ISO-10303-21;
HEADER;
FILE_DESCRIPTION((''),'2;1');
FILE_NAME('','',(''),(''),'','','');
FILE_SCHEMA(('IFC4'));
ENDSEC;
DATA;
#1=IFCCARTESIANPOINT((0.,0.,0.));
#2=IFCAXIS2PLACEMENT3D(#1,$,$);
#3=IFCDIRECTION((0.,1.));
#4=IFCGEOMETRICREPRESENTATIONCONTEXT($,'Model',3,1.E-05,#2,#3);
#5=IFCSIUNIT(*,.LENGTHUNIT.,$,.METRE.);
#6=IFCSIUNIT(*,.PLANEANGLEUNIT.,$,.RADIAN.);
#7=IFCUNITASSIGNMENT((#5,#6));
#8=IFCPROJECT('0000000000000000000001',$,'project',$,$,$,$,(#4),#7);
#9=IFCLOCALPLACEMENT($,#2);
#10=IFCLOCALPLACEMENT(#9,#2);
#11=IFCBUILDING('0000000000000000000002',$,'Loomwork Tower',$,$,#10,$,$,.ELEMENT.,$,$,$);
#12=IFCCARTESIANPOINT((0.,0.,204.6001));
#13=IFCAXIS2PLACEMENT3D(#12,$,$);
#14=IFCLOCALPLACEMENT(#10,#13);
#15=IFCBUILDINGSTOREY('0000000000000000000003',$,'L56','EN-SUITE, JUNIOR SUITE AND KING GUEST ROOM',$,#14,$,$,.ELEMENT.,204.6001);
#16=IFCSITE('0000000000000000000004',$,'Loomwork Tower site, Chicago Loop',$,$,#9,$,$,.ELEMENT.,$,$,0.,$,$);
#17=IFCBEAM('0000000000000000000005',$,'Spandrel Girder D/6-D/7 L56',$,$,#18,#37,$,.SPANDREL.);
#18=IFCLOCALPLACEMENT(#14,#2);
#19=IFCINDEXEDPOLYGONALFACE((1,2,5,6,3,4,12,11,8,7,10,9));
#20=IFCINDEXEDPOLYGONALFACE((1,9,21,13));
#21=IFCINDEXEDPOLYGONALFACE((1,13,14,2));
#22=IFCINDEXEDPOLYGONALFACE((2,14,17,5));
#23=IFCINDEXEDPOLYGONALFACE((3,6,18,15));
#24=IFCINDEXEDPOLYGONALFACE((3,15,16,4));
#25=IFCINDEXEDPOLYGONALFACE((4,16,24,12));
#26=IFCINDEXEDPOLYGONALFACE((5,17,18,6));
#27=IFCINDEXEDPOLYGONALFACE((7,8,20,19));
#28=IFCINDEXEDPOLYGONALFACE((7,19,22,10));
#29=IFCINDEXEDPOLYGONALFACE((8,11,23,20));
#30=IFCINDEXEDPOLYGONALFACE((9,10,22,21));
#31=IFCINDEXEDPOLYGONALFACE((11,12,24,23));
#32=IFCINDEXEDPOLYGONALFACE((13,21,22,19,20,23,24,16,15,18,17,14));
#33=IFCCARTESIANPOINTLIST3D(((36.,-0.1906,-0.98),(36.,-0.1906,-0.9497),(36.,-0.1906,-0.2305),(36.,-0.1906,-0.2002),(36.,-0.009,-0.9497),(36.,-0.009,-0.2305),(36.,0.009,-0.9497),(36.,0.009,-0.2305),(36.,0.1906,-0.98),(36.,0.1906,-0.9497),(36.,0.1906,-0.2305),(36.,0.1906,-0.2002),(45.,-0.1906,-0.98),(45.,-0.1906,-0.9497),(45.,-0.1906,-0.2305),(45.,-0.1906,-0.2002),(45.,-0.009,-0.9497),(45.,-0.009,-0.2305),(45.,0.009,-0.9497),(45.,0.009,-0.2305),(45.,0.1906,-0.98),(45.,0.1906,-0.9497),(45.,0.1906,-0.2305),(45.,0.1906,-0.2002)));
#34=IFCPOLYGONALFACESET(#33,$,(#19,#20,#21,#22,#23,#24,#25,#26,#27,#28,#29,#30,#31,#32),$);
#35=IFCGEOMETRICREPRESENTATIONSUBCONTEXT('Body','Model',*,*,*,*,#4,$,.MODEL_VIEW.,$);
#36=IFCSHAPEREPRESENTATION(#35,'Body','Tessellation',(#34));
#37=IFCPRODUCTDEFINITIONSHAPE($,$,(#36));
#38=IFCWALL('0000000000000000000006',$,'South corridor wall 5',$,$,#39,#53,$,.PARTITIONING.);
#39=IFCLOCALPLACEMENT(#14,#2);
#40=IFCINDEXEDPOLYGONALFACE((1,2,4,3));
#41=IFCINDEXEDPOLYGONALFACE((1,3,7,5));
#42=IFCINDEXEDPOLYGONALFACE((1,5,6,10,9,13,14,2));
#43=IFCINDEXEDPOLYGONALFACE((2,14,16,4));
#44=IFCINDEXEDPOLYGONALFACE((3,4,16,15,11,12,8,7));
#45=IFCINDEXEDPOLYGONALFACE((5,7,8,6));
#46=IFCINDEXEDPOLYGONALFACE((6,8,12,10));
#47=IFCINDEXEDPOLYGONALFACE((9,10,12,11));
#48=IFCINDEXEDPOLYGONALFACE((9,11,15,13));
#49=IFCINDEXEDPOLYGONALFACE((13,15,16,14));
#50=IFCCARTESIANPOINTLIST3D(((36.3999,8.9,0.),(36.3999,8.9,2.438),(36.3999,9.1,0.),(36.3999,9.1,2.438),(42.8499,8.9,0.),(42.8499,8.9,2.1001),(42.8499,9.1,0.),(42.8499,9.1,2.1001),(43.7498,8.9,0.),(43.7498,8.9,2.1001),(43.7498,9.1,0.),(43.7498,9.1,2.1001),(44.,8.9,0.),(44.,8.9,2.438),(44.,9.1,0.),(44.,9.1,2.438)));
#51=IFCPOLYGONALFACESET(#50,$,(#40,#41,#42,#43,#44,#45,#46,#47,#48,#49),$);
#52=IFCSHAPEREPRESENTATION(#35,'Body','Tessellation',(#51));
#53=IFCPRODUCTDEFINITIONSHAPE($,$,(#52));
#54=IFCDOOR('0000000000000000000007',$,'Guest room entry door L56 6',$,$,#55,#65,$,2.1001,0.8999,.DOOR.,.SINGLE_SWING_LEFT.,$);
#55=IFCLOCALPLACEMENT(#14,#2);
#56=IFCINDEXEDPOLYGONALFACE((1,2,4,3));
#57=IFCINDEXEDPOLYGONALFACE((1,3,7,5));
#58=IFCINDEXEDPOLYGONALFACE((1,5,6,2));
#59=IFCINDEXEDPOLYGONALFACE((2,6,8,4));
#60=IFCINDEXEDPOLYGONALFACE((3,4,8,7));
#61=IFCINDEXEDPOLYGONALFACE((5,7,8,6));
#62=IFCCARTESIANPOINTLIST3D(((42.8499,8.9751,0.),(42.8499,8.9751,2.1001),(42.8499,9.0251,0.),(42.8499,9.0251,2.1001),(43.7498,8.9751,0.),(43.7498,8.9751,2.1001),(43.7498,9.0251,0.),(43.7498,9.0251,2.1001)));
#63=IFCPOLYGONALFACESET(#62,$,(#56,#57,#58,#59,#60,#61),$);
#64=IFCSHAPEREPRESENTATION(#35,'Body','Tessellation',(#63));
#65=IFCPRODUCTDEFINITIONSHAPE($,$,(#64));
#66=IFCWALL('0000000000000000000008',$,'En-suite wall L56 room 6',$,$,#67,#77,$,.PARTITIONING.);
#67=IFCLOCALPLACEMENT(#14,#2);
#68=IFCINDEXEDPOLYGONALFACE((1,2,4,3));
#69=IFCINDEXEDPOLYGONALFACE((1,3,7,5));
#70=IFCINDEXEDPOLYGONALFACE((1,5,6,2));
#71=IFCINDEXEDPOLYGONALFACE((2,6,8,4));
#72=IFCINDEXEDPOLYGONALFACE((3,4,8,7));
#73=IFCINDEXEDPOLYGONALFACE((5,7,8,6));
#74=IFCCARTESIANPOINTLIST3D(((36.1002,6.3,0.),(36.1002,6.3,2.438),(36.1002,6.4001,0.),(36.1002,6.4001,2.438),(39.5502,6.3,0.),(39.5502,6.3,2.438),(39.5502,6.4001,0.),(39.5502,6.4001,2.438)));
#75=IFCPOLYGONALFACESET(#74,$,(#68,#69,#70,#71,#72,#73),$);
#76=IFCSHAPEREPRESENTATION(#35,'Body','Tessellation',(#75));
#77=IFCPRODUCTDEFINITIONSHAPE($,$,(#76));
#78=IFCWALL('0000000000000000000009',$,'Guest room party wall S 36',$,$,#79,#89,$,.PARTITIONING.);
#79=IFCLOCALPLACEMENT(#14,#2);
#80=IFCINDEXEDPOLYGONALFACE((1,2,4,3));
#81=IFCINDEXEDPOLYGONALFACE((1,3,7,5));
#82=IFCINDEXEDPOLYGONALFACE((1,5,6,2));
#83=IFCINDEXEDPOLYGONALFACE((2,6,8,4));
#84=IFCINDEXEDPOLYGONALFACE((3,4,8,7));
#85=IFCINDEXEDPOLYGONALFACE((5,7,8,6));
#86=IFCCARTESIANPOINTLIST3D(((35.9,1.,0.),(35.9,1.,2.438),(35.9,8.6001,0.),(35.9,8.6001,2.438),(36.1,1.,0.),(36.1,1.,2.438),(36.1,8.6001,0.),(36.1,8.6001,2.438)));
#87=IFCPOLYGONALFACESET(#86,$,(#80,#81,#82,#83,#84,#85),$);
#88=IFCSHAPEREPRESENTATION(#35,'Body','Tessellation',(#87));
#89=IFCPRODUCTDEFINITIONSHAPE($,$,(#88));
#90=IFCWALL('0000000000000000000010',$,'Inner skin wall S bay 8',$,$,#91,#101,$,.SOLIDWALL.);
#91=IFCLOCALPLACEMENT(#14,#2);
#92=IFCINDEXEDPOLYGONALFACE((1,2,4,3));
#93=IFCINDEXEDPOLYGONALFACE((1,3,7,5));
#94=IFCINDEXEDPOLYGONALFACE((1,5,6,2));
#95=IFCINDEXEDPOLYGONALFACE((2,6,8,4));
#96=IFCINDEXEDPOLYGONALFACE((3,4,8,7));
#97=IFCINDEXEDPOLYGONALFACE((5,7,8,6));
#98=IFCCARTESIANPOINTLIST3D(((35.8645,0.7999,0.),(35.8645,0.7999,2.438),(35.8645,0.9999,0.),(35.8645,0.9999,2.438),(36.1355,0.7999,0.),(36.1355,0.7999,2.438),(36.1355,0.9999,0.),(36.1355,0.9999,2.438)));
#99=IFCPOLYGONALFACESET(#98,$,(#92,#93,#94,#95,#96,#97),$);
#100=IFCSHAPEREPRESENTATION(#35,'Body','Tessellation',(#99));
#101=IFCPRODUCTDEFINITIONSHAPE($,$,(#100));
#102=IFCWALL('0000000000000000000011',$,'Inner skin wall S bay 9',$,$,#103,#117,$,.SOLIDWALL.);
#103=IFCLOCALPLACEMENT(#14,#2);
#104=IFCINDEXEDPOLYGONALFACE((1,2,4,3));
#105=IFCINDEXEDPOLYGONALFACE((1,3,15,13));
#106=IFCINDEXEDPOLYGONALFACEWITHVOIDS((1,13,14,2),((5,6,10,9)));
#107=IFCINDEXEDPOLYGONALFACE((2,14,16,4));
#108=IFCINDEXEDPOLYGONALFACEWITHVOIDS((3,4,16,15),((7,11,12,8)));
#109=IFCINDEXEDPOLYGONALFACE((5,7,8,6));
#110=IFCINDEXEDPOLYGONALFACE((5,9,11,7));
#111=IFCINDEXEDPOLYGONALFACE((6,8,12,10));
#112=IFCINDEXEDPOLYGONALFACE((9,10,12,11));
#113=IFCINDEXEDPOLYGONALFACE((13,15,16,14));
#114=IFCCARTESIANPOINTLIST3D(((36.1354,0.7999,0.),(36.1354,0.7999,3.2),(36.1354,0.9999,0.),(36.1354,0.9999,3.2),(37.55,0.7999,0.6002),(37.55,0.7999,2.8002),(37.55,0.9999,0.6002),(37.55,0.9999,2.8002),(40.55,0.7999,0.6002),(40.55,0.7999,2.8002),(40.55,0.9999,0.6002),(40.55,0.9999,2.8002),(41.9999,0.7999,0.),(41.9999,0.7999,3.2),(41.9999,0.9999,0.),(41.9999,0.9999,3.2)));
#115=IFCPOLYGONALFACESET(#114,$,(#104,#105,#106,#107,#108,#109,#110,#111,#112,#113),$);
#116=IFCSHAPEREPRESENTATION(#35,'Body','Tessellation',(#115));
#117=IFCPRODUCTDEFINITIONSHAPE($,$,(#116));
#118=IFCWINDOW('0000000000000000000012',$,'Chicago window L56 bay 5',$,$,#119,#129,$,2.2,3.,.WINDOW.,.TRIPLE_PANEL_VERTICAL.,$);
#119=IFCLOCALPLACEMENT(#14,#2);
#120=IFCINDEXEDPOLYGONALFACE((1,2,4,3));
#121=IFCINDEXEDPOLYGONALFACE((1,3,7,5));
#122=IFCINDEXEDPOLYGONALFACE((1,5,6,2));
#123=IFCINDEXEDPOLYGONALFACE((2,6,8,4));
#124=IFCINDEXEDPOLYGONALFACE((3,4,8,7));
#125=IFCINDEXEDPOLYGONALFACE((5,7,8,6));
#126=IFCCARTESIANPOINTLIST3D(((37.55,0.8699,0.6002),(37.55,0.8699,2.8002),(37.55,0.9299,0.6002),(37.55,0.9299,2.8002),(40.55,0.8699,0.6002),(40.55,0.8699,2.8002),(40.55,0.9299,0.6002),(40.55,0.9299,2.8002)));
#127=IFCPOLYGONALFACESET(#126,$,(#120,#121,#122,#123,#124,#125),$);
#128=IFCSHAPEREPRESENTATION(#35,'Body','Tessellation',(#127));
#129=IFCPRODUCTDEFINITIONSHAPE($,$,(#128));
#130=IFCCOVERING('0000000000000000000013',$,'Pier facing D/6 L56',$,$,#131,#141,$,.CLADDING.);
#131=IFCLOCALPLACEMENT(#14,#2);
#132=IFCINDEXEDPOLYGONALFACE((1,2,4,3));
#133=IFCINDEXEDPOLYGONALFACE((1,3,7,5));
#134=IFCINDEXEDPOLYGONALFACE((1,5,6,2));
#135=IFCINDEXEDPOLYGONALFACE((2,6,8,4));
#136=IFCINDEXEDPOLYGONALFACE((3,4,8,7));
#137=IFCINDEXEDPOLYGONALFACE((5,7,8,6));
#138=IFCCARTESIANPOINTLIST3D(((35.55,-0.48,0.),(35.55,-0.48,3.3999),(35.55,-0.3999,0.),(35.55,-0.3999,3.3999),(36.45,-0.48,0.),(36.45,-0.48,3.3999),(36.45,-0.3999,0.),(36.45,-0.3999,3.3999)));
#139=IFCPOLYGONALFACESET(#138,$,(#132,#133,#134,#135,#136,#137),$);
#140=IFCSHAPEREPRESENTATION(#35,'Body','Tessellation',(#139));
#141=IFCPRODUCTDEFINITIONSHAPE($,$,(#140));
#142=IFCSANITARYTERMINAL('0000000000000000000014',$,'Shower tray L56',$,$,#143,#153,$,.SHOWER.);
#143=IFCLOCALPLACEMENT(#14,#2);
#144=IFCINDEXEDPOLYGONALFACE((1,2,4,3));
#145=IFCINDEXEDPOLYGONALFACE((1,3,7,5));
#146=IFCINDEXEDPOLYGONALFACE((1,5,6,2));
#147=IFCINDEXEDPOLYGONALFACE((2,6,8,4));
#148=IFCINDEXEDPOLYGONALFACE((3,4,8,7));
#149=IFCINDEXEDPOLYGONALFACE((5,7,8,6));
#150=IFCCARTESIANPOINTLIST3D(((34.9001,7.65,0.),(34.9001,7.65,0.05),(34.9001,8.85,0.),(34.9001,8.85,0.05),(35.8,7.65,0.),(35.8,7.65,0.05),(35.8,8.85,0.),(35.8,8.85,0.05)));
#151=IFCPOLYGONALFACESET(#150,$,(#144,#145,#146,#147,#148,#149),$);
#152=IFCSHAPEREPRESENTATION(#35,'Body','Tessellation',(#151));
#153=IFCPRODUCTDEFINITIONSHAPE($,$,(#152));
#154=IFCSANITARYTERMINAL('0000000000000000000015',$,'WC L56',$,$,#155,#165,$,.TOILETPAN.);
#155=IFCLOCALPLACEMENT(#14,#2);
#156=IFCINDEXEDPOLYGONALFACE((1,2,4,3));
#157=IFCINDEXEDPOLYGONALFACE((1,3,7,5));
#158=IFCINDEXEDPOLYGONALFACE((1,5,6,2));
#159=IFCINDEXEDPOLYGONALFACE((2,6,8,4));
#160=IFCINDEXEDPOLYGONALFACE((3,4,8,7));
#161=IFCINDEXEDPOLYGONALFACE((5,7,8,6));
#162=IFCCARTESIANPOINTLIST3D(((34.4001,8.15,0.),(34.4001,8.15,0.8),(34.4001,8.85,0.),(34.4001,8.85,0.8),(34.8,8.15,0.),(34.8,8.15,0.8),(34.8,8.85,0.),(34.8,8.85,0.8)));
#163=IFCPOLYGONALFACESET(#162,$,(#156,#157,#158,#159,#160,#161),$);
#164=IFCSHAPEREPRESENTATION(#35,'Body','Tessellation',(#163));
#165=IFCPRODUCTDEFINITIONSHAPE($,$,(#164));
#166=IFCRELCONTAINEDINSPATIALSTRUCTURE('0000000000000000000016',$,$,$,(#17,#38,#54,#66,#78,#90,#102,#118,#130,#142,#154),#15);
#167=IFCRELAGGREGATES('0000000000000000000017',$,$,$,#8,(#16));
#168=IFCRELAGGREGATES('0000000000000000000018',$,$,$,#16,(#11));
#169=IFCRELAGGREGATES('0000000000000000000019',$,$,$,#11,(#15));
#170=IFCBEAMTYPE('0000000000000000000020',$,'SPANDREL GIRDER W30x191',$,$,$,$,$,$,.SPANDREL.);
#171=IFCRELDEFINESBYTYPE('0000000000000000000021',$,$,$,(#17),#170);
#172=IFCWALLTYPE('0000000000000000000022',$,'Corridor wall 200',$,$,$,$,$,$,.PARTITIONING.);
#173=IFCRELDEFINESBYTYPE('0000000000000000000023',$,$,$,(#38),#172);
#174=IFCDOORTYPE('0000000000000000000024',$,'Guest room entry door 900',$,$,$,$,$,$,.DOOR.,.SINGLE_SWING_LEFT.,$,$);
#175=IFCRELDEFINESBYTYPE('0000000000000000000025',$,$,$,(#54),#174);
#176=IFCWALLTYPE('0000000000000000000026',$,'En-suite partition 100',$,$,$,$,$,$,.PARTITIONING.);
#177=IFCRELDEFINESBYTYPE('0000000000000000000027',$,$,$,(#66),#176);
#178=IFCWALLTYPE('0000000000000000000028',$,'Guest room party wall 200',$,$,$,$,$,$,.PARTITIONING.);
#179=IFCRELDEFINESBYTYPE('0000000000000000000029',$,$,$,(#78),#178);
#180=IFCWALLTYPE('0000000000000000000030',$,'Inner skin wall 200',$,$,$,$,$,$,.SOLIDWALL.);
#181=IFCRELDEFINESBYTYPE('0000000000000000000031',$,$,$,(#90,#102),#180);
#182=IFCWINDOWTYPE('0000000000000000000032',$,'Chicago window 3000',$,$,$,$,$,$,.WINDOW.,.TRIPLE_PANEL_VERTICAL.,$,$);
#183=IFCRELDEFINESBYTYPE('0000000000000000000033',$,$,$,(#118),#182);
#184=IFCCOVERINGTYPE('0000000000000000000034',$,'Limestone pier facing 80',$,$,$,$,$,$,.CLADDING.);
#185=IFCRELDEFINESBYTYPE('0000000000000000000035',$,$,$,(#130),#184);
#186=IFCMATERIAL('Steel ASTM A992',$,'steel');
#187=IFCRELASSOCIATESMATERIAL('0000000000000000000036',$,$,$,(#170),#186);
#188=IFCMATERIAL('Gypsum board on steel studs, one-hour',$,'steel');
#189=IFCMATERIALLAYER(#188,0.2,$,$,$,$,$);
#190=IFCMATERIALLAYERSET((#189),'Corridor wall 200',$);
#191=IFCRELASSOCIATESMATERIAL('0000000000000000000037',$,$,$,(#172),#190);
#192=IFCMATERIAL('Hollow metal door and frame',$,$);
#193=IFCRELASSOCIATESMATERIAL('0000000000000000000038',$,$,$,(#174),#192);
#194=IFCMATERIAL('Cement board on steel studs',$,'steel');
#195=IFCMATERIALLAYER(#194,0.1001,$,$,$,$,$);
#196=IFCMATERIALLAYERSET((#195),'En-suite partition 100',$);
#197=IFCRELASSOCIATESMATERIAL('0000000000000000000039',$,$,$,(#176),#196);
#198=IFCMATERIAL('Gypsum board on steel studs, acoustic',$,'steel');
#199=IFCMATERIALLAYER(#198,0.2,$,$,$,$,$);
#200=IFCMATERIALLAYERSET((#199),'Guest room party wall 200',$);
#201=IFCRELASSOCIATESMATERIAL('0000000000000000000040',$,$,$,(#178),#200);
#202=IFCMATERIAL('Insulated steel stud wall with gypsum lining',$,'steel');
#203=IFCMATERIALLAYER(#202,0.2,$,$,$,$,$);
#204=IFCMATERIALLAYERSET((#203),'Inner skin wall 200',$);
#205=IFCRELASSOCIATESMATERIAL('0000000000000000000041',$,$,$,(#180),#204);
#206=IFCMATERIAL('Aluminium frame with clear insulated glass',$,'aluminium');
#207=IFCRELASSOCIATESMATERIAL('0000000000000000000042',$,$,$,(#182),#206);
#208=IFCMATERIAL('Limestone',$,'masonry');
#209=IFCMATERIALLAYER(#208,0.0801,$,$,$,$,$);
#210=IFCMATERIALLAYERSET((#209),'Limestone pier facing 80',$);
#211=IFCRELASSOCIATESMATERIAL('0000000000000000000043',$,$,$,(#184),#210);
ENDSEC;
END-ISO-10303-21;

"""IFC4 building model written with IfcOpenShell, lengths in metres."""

from ifc_helpers import new_model, si_unit, direction, frame, frame_2d, origin, origin_2d, place, context, subcontext, project, spatial, rectangle, i_section, extrude, material, layer, layer_set, material_profile, profile_set, type_object, element, fill, save


model = new_model("IFC4")

# Units and contexts
model_context = context("Model", 3, precision=1e-05, world=origin(), true_north=direction((0.0, 1.0)))
body_context = subcontext(model_context, "Body", "Model", "MODEL_VIEW")
ifc_project = project(units=[si_unit("LENGTHUNIT", "METRE"), si_unit("PLANEANGLEUNIT", "RADIAN")], contexts=[model_context])

# Site, building, storey
site_placement = place(None, origin())
site = spatial("IfcSite", under=ifc_project, at=site_placement, Name="Loomwork Tower site, Chicago Loop", CompositionType="ELEMENT", RefElevation=0.0)
building_placement = place(site_placement, origin())
building = spatial("IfcBuilding", under=site, at=building_placement, Name="Loomwork Tower", CompositionType="ELEMENT")
storey_placement = place(building_placement, frame((0.0, 0.0, 204.6001)))
storey = spatial("IfcBuildingStorey", under=building, at=storey_placement, Name="L56", Description="EN-SUITE, JUNIOR SUITE AND KING GUEST ROOM", CompositionType="ELEMENT", Elevation=204.6001)

# Beam
ifc_material_1 = material(Name="Steel ASTM A992", Category="steel")
ifc_material_profile_1 = material_profile(ifc_material_1, i_section(OverallWidth=0.3811, OverallDepth=0.7798, WebThickness=0.0181, FlangeThickness=0.0303, at=origin_2d()), Name="W30x191")
ifc_profile_set_1 = profile_set([ifc_material_profile_1], Name="Steel ASTM A992")
beam_type_1 = type_object("IfcBeamType", Name="SPANDREL GIRDER W30x191", PredefinedType="SPANDREL", material=ifc_profile_set_1)
beam_1_placement = place(storey_placement, frame((36.0, 0.0, -0.5901), z_axis=(1.0, 0.0, 0.0), x_axis=(0.0, 1.0, 0.0)))
element("IfcBeam", 1, at=beam_1_placement, inside=storey, type_object=beam_type_1, Name="Spandrel Girder D/6-D/7 L56", PredefinedType="SPANDREL", context=body_context, shape_type="SweptSolid", body=[
    extrude(i_section(OverallWidth=0.3811, OverallDepth=0.7798, WebThickness=0.0181, FlangeThickness=0.0303, at=origin_2d()), origin(), (0.0, 0.0, 1.0), 9.0),
])

# Wall, opening, door
ifc_material_2 = material(Name="Gypsum board on steel studs, one-hour", Category="steel")
ifc_layer_1 = layer(ifc_material_2, 0.2)
ifc_layer_set_1 = layer_set([ifc_layer_1], Name="Corridor wall 200")
wall_type_1 = type_object("IfcWallType", Name="Corridor wall 200", PredefinedType="PARTITIONING", material=ifc_layer_set_1)
wall_1_placement = place(storey_placement, frame((36.3999, 9.0, 0.0), z_axis=(0.0, 0.0, 1.0), x_axis=(1.0, 0.0, 0.0)))
wall_1 = element("IfcWall", 2, at=wall_1_placement, inside=storey, type_object=wall_type_1, Name="South corridor wall 5", PredefinedType="PARTITIONING", context=body_context, shape_type="SweptSolid", body=[
    extrude(rectangle(XDim=7.6001, YDim=0.2, at=frame_2d((3.8, 0.0))), origin(), (0.0, 0.0, 1.0), 2.438),
])
opening_1_placement = place(wall_1_placement, frame((6.45, 0.0, 0.0)))
opening_1 = element("IfcOpeningElement", 3, at=opening_1_placement, cuts=wall_1, PredefinedType="OPENING", context=body_context, shape_type="SweptSolid", body=[
    extrude(rectangle(XDim=0.8999, YDim=2.1001, at=frame_2d((0.45, 1.05))), frame((0.0, 0.1099, 0.0), z_axis=(0.0, -1.0, 0.0), x_axis=(1.0, 0.0, 0.0)), (0.0, 0.0, 1.0), 0.22),
])
ifc_material_3 = material(Name="Hollow metal door and frame")
door_type = type_object("IfcDoorType", Name="Guest room entry door 900", OperationType="SINGLE_SWING_LEFT", PredefinedType="DOOR", material=ifc_material_3)
door_placement = place(opening_1_placement, frame((0.8999, 0.0, 0.0), z_axis=(0.0, 0.0, 1.0), x_axis=(-1.0, 0.0, 0.0)))
door = element("IfcDoor", 4, at=door_placement, inside=storey, type_object=door_type, Name="Guest room entry door L56 6", OperationType="SINGLE_SWING_LEFT", OverallHeight=2.1001, OverallWidth=0.8999, PredefinedType="DOOR", context=body_context, shape_type="SweptSolid", body=[
    extrude(rectangle(XDim=0.8999, YDim=2.1001, at=frame_2d((0.45, 1.05))), frame((0.0, 0.0249, 0.0), z_axis=(0.0, -1.0, 0.0), x_axis=(1.0, 0.0, 0.0)), (0.0, 0.0, 1.0), 0.05),
])
fill(opening_1, door)

# Walls
ifc_material_4 = material(Name="Cement board on steel studs", Category="steel")
ifc_layer_2 = layer(ifc_material_4, 0.1001)
ifc_layer_set_2 = layer_set([ifc_layer_2], Name="En-suite partition 100")
wall_type_2 = type_object("IfcWallType", Name="En-suite partition 100", PredefinedType="PARTITIONING", material=ifc_layer_set_2)
wall_2_placement = place(storey_placement, frame((36.1001, 6.3501, 0.0), z_axis=(0.0, 0.0, 1.0), x_axis=(1.0, 0.0, 0.0)))
element("IfcWall", 5, at=wall_2_placement, inside=storey, type_object=wall_type_2, Name="En-suite wall L56 room 6", PredefinedType="PARTITIONING", context=body_context, shape_type="SweptSolid", body=[
    extrude(rectangle(XDim=3.45, YDim=0.1001, at=frame_2d((1.7251, 0.0))), origin(), (0.0, 0.0, 1.0), 2.438),
])
ifc_material_5 = material(Name="Gypsum board on steel studs, acoustic", Category="steel")
ifc_layer_3 = layer(ifc_material_5, 0.2)
ifc_layer_set_3 = layer_set([ifc_layer_3], Name="Guest room party wall 200")
wall_type_3 = type_object("IfcWallType", Name="Guest room party wall 200", PredefinedType="PARTITIONING", material=ifc_layer_set_3)
wall_3_placement = place(storey_placement, frame((36.0, 8.6001, 0.0), z_axis=(0.0, 0.0, 1.0), x_axis=(0.0, -1.0, 0.0)))
element("IfcWall", 6, at=wall_3_placement, inside=storey, type_object=wall_type_3, Name="Guest room party wall S 36", PredefinedType="PARTITIONING", context=body_context, shape_type="SweptSolid", body=[
    extrude(rectangle(XDim=7.6001, YDim=0.2, at=frame_2d((3.8, 0.0))), origin(), (0.0, 0.0, 1.0), 2.438),
])
ifc_material_6 = material(Name="Insulated steel stud wall with gypsum lining", Category="steel")
ifc_layer_4 = layer(ifc_material_6, 0.2)
ifc_layer_set_4 = layer_set([ifc_layer_4], Name="Inner skin wall 200")
wall_type_4 = type_object("IfcWallType", Name="Inner skin wall 200", PredefinedType="SOLIDWALL", material=ifc_layer_set_4)
wall_4_placement = place(storey_placement, frame((35.8645, 0.8999, 0.0), z_axis=(0.0, 0.0, 1.0), x_axis=(1.0, 0.0, 0.0)))
element("IfcWall", 7, at=wall_4_placement, inside=storey, type_object=wall_type_4, Name="Inner skin wall S bay 8", PredefinedType="SOLIDWALL", context=body_context, shape_type="SweptSolid", body=[
    extrude(rectangle(XDim=0.271, YDim=0.2, at=frame_2d((0.1355, 0.0))), origin(), (0.0, 0.0, 1.0), 2.438),
])

# Wall, opening, window
wall_5_placement = place(storey_placement, frame((36.1355, 0.8999, 0.0), z_axis=(0.0, 0.0, 1.0), x_axis=(1.0, 0.0, 0.0)))
wall_5 = element("IfcWall", 8, at=wall_5_placement, inside=storey, type_object=wall_type_4, Name="Inner skin wall S bay 9", PredefinedType="SOLIDWALL", context=body_context, shape_type="SweptSolid", body=[
    extrude(rectangle(XDim=5.8645, YDim=0.2, at=frame_2d((2.9321, 0.0))), origin(), (0.0, 0.0, 1.0), 3.2),
])
opening_2_placement = place(wall_5_placement, frame((1.4146, 0.0, 0.6001)))
opening_2 = element("IfcOpeningElement", 9, at=opening_2_placement, cuts=wall_5, PredefinedType="OPENING", context=body_context, shape_type="SweptSolid", body=[
    extrude(rectangle(XDim=3.0, YDim=2.2, at=frame_2d((1.5, 1.1001))), frame((0.0, 0.1099, 0.0), z_axis=(0.0, -1.0, 0.0), x_axis=(1.0, 0.0, 0.0)), (0.0, 0.0, 1.0), 0.22),
])
ifc_material_7 = material(Name="Aluminium frame with clear insulated glass", Category="aluminium")
window_type = type_object("IfcWindowType", Name="Chicago window 3000", PartitioningType="TRIPLE_PANEL_VERTICAL", PredefinedType="WINDOW", material=ifc_material_7)
window_placement = place(opening_2_placement, origin())
window = element("IfcWindow", 10, at=window_placement, inside=storey, type_object=window_type, Name="Chicago window L56 bay 5", OverallHeight=2.2, OverallWidth=3.0, PartitioningType="TRIPLE_PANEL_VERTICAL", PredefinedType="WINDOW", context=body_context, shape_type="SweptSolid", body=[
    extrude(rectangle(XDim=3.0, YDim=2.2, at=frame_2d((1.5, 1.1001))), frame((0.0, 0.03, 0.0), z_axis=(0.0, -1.0, 0.0), x_axis=(1.0, 0.0, 0.0)), (0.0, 0.0, 1.0), 0.0601),
])
fill(opening_2, window)

# Covering
ifc_material_8 = material(Name="Limestone", Category="masonry")
ifc_layer_5 = layer(ifc_material_8, 0.0801)
ifc_layer_set_5 = layer_set([ifc_layer_5], Name="Limestone pier facing 80")
covering_type = type_object("IfcCoveringType", Name="Limestone pier facing 80", PredefinedType="CLADDING", material=ifc_layer_set_5)
covering_placement = place(storey_placement, frame((36.0, -0.4399, 0.0), z_axis=(0.0, 0.0, 1.0), x_axis=(1.0, 0.0, 0.0)))
element("IfcCovering", 11, at=covering_placement, inside=storey, type_object=covering_type, Name="Pier facing D/6 L56", PredefinedType="CLADDING", context=body_context, shape_type="SweptSolid", body=[
    extrude(rectangle(XDim=0.8999, YDim=0.0801, at=origin_2d()), origin(), (0.0, 0.0, 1.0), 3.3999),
])

# Sanitary terminals
sanitary_terminal_1_placement = place(storey_placement, frame((35.3501, 8.25, 0.0), z_axis=(0.0, 0.0, 1.0), x_axis=(1.0, 0.0, 0.0)))
element("IfcSanitaryTerminal", 12, at=sanitary_terminal_1_placement, inside=storey, Name="Shower tray L56", PredefinedType="SHOWER", context=body_context, shape_type="SweptSolid", body=[
    extrude(rectangle(XDim=0.8999, YDim=1.2, at=origin_2d()), origin(), (0.0, 0.0, 1.0), 0.05),
])
sanitary_terminal_2_placement = place(storey_placement, frame((34.6001, 8.5, 0.0), z_axis=(0.0, 0.0, 1.0), x_axis=(1.0, 0.0, 0.0)))
element("IfcSanitaryTerminal", 13, at=sanitary_terminal_2_placement, inside=storey, Name="WC L56", PredefinedType="TOILETPAN", context=body_context, shape_type="SweptSolid", body=[
    extrude(rectangle(XDim=0.3999, YDim=0.7, at=origin_2d()), origin(), (0.0, 0.0, 1.0), 0.8),
])

save(model, "model.ifc")
